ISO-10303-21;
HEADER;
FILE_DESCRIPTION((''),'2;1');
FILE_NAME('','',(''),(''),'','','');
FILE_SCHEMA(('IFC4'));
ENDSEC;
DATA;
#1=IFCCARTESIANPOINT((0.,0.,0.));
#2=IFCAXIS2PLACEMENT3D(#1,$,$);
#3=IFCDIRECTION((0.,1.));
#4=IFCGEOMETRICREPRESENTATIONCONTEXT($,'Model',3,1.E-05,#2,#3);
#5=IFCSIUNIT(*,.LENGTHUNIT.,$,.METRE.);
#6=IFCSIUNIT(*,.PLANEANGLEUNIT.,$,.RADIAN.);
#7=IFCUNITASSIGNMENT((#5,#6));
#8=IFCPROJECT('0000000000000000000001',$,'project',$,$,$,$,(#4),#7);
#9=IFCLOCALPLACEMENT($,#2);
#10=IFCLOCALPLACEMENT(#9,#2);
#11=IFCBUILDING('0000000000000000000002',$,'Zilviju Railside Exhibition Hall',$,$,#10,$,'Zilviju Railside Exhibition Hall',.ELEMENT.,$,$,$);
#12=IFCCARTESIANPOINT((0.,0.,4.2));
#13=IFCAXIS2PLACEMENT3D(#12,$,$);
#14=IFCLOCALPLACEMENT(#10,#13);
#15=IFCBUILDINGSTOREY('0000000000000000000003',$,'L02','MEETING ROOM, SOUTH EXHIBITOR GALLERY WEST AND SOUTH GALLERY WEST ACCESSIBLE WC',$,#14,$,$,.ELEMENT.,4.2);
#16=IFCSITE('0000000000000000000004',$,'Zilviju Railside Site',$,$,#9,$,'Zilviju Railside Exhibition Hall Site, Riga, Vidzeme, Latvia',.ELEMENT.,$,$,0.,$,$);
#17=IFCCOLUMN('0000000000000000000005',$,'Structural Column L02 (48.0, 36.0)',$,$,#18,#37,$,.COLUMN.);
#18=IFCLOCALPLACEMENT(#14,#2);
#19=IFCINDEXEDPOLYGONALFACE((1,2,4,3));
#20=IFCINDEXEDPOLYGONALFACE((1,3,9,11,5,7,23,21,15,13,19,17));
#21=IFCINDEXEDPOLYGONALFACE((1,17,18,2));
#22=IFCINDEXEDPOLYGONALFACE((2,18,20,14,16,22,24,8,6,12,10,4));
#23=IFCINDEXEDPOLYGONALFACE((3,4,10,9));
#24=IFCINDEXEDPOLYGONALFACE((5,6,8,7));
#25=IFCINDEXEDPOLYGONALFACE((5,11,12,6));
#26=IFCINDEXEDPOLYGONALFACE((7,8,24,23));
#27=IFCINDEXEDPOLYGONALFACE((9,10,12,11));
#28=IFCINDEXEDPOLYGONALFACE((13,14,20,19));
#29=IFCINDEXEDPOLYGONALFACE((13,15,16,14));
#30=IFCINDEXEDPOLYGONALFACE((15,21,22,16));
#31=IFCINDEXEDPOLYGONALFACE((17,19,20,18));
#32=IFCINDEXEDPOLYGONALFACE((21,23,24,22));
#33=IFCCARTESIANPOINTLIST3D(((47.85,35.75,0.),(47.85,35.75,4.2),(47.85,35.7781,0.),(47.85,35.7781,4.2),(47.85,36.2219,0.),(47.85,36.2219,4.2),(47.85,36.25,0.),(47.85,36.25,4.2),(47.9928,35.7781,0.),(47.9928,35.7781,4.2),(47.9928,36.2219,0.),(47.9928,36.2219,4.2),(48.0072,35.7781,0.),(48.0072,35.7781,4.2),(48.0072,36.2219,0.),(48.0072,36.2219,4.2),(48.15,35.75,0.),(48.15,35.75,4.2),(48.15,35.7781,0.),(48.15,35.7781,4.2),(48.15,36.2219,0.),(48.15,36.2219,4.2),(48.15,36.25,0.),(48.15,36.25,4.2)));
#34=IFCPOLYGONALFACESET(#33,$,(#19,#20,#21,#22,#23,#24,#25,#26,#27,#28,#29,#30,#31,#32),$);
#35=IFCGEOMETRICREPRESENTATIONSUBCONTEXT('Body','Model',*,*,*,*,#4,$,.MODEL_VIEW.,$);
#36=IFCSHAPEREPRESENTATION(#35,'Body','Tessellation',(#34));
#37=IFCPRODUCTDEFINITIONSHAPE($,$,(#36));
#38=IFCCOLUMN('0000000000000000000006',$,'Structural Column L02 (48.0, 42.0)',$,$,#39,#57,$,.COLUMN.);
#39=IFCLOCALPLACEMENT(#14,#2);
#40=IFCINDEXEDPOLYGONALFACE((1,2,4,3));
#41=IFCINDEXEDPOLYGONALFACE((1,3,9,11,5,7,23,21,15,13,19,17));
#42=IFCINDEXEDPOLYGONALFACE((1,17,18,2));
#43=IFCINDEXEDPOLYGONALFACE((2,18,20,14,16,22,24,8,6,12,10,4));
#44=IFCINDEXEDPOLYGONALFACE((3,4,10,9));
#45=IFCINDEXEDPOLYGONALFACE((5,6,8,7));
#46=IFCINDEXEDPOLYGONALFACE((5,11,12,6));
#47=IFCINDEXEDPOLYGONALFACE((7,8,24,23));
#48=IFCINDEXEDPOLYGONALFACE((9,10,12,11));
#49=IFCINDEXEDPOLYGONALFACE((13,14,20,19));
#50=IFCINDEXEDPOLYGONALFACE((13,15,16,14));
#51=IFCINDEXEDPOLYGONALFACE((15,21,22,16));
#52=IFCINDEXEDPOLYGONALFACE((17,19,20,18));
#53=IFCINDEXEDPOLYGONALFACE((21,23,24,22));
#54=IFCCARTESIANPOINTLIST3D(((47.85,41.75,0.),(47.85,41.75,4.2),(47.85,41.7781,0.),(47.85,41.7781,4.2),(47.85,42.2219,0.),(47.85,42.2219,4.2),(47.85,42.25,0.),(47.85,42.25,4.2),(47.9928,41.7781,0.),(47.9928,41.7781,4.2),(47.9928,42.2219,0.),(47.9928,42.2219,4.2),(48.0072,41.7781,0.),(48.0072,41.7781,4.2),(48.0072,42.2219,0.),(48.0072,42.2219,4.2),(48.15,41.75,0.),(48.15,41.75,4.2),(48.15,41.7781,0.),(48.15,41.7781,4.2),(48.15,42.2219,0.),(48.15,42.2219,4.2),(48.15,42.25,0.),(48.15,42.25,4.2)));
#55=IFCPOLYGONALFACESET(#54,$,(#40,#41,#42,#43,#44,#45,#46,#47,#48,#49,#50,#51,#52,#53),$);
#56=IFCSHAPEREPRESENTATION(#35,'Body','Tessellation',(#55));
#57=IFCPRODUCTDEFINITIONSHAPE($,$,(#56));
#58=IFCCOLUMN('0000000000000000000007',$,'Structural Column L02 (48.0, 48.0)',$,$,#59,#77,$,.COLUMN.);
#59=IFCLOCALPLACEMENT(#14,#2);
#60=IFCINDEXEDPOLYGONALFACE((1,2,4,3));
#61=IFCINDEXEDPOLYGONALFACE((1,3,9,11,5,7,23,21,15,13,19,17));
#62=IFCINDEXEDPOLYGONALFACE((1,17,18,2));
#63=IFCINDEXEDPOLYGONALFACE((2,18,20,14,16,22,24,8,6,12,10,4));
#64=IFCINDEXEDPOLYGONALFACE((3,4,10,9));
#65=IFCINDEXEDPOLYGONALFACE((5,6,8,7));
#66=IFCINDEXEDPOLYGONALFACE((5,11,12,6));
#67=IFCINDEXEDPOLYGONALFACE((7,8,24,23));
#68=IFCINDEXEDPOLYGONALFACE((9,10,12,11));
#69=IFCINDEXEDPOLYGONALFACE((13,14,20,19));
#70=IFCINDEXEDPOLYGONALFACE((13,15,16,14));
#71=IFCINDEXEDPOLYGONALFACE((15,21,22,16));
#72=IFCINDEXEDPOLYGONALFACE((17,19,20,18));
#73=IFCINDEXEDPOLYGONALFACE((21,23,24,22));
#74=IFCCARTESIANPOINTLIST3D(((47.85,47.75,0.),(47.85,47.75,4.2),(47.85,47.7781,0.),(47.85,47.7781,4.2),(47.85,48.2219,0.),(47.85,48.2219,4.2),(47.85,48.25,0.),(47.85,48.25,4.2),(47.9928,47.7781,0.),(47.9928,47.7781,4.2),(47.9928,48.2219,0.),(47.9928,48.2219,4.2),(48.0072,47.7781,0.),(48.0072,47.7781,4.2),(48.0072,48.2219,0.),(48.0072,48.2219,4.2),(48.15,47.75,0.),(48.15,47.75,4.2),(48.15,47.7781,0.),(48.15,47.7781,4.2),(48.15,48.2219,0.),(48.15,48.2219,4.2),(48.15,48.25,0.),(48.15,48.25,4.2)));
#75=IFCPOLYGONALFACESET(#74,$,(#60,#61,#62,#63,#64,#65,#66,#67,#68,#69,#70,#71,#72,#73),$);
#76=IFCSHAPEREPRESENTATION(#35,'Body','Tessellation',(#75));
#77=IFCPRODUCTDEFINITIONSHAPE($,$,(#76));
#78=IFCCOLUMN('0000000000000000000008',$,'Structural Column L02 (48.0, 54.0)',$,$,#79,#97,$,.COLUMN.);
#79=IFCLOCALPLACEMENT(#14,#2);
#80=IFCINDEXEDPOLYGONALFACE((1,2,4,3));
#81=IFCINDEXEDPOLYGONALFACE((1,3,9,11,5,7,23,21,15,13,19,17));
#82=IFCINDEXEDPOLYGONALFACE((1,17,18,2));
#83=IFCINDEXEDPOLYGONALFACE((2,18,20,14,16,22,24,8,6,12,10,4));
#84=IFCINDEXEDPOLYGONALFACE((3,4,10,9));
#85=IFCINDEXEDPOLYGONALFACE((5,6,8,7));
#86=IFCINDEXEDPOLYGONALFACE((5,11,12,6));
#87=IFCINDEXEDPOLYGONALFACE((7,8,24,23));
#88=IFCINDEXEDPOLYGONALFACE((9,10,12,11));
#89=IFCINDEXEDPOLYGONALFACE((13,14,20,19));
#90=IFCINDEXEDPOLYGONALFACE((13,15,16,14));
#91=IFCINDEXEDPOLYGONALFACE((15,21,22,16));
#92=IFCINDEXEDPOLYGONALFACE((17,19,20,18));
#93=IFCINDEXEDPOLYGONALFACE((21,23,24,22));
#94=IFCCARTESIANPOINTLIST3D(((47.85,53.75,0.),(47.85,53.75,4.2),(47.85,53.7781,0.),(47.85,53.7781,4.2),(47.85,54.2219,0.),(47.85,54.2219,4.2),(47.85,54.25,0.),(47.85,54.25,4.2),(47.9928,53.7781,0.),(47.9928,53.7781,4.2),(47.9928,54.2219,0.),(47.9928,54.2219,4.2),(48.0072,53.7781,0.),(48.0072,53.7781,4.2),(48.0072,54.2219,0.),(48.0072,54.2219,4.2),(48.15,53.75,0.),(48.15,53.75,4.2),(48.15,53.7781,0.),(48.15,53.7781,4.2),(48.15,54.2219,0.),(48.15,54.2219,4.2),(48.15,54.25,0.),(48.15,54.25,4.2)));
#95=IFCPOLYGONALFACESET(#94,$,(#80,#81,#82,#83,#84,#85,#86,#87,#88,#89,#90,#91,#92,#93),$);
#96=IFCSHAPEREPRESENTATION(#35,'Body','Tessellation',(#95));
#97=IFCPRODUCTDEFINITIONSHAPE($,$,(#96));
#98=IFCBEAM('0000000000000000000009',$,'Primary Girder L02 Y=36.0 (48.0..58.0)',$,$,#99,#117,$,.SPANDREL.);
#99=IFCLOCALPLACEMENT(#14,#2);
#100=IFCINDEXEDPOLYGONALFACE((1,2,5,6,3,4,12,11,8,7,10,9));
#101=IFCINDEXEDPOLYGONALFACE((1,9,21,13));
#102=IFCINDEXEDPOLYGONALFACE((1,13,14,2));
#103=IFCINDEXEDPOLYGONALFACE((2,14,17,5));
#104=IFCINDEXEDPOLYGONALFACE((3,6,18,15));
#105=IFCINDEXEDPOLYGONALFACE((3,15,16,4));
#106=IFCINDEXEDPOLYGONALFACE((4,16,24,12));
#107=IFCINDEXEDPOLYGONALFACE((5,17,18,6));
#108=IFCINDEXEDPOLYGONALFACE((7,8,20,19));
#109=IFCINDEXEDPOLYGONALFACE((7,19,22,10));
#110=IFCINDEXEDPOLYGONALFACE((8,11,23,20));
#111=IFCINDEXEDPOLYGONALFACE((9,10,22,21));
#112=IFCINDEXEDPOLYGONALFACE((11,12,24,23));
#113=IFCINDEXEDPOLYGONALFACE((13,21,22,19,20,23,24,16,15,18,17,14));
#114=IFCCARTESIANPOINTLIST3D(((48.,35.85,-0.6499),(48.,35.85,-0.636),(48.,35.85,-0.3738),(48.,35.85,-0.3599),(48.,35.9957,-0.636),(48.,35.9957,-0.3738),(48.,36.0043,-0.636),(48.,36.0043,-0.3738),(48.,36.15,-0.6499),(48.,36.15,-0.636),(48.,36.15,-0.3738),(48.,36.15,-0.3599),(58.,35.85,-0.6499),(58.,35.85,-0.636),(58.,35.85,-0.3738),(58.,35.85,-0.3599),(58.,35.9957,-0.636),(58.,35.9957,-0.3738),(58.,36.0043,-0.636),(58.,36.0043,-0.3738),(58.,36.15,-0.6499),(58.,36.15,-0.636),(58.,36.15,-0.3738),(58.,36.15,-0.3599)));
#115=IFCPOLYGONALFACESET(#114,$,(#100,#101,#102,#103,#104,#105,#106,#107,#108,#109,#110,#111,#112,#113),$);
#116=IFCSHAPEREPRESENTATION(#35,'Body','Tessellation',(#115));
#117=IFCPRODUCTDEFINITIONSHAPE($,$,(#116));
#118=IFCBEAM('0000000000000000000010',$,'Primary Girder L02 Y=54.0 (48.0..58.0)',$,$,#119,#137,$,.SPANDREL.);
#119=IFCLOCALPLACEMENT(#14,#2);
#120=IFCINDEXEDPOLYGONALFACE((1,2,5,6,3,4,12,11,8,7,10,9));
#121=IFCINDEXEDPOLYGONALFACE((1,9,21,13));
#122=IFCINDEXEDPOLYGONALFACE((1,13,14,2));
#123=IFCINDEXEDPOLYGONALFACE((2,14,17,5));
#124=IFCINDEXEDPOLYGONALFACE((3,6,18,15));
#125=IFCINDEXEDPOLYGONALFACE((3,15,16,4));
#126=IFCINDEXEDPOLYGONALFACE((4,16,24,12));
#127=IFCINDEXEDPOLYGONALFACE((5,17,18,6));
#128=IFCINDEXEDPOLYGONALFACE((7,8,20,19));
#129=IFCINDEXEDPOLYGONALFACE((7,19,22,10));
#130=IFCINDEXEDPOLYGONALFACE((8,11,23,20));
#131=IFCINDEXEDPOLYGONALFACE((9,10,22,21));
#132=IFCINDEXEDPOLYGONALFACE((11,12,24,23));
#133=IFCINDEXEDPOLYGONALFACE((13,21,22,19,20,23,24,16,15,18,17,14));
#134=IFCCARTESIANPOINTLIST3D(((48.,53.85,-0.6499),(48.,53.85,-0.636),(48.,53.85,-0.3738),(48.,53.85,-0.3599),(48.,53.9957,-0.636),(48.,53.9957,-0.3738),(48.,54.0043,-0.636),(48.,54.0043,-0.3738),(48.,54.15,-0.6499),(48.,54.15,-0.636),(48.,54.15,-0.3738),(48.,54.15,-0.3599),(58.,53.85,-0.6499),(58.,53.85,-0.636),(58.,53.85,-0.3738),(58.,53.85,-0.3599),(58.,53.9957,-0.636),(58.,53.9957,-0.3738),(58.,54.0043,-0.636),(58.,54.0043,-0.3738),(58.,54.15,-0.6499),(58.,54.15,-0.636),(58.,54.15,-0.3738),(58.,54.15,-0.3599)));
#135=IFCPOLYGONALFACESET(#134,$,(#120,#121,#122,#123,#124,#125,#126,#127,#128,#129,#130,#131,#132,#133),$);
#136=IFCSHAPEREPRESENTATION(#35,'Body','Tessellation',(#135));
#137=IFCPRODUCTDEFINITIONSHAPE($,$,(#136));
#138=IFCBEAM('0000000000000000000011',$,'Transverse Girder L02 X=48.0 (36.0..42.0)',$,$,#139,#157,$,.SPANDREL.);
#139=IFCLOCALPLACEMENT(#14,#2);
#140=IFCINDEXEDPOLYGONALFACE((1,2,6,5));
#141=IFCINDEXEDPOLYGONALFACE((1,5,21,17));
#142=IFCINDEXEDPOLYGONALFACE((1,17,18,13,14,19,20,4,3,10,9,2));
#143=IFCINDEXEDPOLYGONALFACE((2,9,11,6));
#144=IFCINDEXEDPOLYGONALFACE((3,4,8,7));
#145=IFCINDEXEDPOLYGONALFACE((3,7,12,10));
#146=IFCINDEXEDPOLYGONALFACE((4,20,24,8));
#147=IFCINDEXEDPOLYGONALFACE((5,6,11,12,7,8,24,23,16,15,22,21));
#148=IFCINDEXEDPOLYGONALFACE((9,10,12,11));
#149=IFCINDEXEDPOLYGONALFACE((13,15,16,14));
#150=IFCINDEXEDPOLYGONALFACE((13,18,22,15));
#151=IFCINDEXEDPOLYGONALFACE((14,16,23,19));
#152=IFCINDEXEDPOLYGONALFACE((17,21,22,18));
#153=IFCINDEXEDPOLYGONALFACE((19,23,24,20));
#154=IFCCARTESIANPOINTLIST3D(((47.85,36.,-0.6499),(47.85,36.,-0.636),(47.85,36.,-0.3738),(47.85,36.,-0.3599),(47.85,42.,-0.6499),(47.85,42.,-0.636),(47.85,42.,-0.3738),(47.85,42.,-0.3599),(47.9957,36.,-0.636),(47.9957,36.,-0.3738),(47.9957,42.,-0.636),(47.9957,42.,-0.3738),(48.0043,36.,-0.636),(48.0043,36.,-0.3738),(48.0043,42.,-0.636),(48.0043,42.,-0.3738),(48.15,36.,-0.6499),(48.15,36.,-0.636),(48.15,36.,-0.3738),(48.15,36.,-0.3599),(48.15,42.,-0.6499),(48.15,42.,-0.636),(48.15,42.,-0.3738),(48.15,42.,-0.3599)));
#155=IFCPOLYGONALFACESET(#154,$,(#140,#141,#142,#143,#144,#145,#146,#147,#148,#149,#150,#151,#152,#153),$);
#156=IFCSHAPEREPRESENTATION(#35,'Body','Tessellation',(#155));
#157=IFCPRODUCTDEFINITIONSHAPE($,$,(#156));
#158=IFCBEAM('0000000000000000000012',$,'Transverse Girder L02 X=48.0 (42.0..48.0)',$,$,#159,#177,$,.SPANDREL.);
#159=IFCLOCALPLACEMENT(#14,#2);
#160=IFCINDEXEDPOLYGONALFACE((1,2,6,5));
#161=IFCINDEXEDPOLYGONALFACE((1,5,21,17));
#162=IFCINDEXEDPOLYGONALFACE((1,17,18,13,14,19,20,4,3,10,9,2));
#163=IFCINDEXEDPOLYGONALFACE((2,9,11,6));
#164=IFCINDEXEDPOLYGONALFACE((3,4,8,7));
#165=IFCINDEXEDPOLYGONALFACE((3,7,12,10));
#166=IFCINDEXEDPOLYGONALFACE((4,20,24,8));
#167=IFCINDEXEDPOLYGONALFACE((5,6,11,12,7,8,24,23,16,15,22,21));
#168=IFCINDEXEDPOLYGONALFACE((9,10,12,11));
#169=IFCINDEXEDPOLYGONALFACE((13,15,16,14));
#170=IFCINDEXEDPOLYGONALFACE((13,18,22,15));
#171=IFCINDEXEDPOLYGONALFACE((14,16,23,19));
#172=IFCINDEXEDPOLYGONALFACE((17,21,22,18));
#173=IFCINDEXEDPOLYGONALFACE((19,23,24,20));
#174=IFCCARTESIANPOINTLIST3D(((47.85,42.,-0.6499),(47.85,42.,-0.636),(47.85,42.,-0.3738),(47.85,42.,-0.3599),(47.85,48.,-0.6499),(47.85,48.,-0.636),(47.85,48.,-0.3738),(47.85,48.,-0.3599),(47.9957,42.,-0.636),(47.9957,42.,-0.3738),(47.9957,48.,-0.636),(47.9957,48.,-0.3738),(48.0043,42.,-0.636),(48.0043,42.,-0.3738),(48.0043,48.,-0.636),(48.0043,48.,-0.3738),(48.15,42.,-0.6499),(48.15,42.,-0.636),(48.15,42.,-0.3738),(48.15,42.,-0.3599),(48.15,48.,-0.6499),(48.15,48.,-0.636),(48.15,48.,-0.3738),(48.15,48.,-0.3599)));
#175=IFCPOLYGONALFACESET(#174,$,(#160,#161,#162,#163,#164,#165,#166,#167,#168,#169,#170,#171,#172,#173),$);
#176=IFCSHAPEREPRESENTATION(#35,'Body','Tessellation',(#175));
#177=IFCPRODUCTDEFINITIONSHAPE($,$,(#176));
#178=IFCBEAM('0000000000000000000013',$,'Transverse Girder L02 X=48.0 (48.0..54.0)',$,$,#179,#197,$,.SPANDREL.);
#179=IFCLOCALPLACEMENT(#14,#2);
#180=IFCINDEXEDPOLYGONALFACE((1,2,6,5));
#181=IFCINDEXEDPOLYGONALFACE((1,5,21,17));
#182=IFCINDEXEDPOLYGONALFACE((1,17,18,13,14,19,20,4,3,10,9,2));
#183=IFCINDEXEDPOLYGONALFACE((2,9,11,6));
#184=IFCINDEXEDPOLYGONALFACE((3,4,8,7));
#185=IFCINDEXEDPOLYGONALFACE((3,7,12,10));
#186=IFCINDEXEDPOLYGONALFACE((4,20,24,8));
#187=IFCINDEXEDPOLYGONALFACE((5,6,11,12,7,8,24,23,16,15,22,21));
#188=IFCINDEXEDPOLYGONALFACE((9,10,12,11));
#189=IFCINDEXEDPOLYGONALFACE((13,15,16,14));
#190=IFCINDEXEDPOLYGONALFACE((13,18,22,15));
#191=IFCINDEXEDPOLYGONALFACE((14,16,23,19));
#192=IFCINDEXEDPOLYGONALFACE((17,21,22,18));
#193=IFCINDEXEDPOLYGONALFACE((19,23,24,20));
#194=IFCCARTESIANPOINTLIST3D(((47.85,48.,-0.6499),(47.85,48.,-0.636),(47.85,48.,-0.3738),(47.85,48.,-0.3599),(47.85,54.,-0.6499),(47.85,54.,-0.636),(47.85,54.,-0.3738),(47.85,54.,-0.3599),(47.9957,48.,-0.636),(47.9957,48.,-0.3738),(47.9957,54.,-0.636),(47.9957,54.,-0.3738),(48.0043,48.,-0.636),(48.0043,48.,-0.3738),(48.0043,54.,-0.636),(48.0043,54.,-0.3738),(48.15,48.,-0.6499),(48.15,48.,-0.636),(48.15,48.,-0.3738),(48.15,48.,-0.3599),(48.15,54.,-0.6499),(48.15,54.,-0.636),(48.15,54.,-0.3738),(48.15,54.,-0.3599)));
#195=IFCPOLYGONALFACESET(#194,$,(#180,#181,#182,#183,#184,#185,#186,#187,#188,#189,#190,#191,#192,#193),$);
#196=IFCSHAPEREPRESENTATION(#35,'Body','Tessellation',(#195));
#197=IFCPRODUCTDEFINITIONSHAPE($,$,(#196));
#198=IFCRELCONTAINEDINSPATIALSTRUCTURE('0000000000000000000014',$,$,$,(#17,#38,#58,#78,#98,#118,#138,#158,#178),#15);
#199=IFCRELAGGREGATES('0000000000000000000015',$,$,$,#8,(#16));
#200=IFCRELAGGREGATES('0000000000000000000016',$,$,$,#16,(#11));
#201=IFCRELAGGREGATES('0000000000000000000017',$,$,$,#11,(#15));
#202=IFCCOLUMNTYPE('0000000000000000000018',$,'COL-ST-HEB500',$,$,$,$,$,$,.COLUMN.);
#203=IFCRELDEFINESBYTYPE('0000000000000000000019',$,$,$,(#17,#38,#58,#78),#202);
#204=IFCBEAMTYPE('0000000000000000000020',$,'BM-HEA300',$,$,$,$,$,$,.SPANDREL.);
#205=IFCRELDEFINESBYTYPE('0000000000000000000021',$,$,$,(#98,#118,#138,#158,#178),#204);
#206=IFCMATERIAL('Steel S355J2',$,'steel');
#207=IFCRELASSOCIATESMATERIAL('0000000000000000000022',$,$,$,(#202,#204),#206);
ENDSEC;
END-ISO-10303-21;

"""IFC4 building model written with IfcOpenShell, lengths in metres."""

from ifc_helpers import new_model, si_unit, direction, frame, origin, origin_2d, place, context, subcontext, project, spatial, i_section, extrude, material, material_profile, profile_set, type_object, element, save


model = new_model("IFC4")

# Units and contexts
model_context = context("Model", 3, precision=1e-05, world=origin(), true_north=direction((0.0, 1.0)))
body_context = subcontext(model_context, "Body", "Model", "MODEL_VIEW")
ifc_project = project(units=[si_unit("LENGTHUNIT", "METRE"), si_unit("PLANEANGLEUNIT", "RADIAN")], contexts=[model_context])

# Site, building, storey
site_placement = place(None, origin())
site = spatial("IfcSite", under=ifc_project, at=site_placement, Name="Zilviju Railside Site", LongName="Zilviju Railside Exhibition Hall Site, Riga, Vidzeme, Latvia", CompositionType="ELEMENT", RefElevation=0.0)
building_placement = place(site_placement, origin())
building = spatial("IfcBuilding", under=site, at=building_placement, Name="Zilviju Railside Exhibition Hall", LongName="Zilviju Railside Exhibition Hall", CompositionType="ELEMENT")
storey_placement = place(building_placement, frame((0.0, 0.0, 4.2)))
storey = spatial("IfcBuildingStorey", under=building, at=storey_placement, Name="L02", Description="MEETING ROOM, SOUTH EXHIBITOR GALLERY WEST AND SOUTH GALLERY WEST ACCESSIBLE WC", CompositionType="ELEMENT", Elevation=4.2)

# Columns
ifc_material_1 = material(Name="Steel S355J2", Category="steel")
ifc_material_profile_1 = material_profile(ifc_material_1, i_section(OverallWidth=0.3, OverallDepth=0.5, WebThickness=0.0144, FlangeThickness=0.0281, at=origin_2d()), Name="HEB 500")
ifc_profile_set_1 = profile_set([ifc_material_profile_1], Name="Steel S355J2")
column_type = type_object("IfcColumnType", Name="COL-ST-HEB500", PredefinedType="COLUMN", material=ifc_profile_set_1)
for number, where, z_axis, x_axis, name in (
    (1, (48.0, 36.0, 0.0), (0.0, 0.0, 1.0), (1.0, 0.0, 0.0), "Structural Column L02 (48.0, 36.0)"),
    (2, (48.0, 42.0, 0.0), (0.0, 0.0, 1.0), (1.0, 0.0, 0.0), "Structural Column L02 (48.0, 42.0)"),
    (3, (48.0, 48.0, 0.0), (0.0, 0.0, 1.0), (1.0, 0.0, 0.0), "Structural Column L02 (48.0, 48.0)"),
    (4, (48.0, 54.0, 0.0), (0.0, 0.0, 1.0), (1.0, 0.0, 0.0), "Structural Column L02 (48.0, 54.0)"),
):
    element("IfcColumn", number, at=place(storey_placement, frame(where, z_axis=z_axis, x_axis=x_axis)), inside=storey, type_object=column_type, Name=name, PredefinedType="COLUMN", context=body_context, shape_type="SweptSolid", body=[
        extrude(i_section(OverallWidth=0.3, OverallDepth=0.5, WebThickness=0.0144, FlangeThickness=0.0281, at=origin_2d()), origin(), (0.0, 0.0, 1.0), 4.2),
    ])

# Beams
ifc_material_profile_2 = material_profile(ifc_material_1, i_section(OverallWidth=0.3, OverallDepth=0.29, WebThickness=0.0085, FlangeThickness=0.0139, at=origin_2d()), Name="HEA 300")
ifc_profile_set_2 = profile_set([ifc_material_profile_2], Name="Steel S355J2")
beam_type_1 = type_object("IfcBeamType", Name="BM-HEA300", PredefinedType="SPANDREL", material=ifc_profile_set_2)
for number, where, z_axis, x_axis, name in (
    (5, (48.0, 36.0, -0.5049), (1.0, 0.0, 0.0), (0.0, 1.0, 0.0), "Primary Girder L02 Y=36.0 (48.0..58.0)"),
    (6, (48.0, 54.0, -0.5049), (1.0, 0.0, 0.0), (0.0, 1.0, 0.0), "Primary Girder L02 Y=54.0 (48.0..58.0)"),
):
    element("IfcBeam", number, at=place(storey_placement, frame(where, z_axis=z_axis, x_axis=x_axis)), inside=storey, type_object=beam_type_1, Name=name, PredefinedType="SPANDREL", context=body_context, shape_type="SweptSolid", body=[
        extrude(i_section(OverallWidth=0.3, OverallDepth=0.29, WebThickness=0.0085, FlangeThickness=0.0139, at=origin_2d()), origin(), (0.0, 0.0, 1.0), 10.0),
    ])
for number, where, z_axis, x_axis, name in (
    (7, (48.0, 36.0, -0.5049), (0.0, 1.0, 0.0), (-1.0, 0.0, 0.0), "Transverse Girder L02 X=48.0 (36.0..42.0)"),
    (8, (48.0, 42.0, -0.5049), (0.0, 1.0, 0.0), (-1.0, 0.0, 0.0), "Transverse Girder L02 X=48.0 (42.0..48.0)"),
    (9, (48.0, 48.0, -0.5049), (0.0, 1.0, 0.0), (-1.0, 0.0, 0.0), "Transverse Girder L02 X=48.0 (48.0..54.0)"),
):
    element("IfcBeam", number, at=place(storey_placement, frame(where, z_axis=z_axis, x_axis=x_axis)), inside=storey, type_object=beam_type_1, Name=name, PredefinedType="SPANDREL", context=body_context, shape_type="SweptSolid", body=[
        extrude(i_section(OverallWidth=0.3, OverallDepth=0.29, WebThickness=0.0085, FlangeThickness=0.0139, at=origin_2d()), origin(), (0.0, 0.0, 1.0), 6.0),
    ])

save(model, "model.ifc")
